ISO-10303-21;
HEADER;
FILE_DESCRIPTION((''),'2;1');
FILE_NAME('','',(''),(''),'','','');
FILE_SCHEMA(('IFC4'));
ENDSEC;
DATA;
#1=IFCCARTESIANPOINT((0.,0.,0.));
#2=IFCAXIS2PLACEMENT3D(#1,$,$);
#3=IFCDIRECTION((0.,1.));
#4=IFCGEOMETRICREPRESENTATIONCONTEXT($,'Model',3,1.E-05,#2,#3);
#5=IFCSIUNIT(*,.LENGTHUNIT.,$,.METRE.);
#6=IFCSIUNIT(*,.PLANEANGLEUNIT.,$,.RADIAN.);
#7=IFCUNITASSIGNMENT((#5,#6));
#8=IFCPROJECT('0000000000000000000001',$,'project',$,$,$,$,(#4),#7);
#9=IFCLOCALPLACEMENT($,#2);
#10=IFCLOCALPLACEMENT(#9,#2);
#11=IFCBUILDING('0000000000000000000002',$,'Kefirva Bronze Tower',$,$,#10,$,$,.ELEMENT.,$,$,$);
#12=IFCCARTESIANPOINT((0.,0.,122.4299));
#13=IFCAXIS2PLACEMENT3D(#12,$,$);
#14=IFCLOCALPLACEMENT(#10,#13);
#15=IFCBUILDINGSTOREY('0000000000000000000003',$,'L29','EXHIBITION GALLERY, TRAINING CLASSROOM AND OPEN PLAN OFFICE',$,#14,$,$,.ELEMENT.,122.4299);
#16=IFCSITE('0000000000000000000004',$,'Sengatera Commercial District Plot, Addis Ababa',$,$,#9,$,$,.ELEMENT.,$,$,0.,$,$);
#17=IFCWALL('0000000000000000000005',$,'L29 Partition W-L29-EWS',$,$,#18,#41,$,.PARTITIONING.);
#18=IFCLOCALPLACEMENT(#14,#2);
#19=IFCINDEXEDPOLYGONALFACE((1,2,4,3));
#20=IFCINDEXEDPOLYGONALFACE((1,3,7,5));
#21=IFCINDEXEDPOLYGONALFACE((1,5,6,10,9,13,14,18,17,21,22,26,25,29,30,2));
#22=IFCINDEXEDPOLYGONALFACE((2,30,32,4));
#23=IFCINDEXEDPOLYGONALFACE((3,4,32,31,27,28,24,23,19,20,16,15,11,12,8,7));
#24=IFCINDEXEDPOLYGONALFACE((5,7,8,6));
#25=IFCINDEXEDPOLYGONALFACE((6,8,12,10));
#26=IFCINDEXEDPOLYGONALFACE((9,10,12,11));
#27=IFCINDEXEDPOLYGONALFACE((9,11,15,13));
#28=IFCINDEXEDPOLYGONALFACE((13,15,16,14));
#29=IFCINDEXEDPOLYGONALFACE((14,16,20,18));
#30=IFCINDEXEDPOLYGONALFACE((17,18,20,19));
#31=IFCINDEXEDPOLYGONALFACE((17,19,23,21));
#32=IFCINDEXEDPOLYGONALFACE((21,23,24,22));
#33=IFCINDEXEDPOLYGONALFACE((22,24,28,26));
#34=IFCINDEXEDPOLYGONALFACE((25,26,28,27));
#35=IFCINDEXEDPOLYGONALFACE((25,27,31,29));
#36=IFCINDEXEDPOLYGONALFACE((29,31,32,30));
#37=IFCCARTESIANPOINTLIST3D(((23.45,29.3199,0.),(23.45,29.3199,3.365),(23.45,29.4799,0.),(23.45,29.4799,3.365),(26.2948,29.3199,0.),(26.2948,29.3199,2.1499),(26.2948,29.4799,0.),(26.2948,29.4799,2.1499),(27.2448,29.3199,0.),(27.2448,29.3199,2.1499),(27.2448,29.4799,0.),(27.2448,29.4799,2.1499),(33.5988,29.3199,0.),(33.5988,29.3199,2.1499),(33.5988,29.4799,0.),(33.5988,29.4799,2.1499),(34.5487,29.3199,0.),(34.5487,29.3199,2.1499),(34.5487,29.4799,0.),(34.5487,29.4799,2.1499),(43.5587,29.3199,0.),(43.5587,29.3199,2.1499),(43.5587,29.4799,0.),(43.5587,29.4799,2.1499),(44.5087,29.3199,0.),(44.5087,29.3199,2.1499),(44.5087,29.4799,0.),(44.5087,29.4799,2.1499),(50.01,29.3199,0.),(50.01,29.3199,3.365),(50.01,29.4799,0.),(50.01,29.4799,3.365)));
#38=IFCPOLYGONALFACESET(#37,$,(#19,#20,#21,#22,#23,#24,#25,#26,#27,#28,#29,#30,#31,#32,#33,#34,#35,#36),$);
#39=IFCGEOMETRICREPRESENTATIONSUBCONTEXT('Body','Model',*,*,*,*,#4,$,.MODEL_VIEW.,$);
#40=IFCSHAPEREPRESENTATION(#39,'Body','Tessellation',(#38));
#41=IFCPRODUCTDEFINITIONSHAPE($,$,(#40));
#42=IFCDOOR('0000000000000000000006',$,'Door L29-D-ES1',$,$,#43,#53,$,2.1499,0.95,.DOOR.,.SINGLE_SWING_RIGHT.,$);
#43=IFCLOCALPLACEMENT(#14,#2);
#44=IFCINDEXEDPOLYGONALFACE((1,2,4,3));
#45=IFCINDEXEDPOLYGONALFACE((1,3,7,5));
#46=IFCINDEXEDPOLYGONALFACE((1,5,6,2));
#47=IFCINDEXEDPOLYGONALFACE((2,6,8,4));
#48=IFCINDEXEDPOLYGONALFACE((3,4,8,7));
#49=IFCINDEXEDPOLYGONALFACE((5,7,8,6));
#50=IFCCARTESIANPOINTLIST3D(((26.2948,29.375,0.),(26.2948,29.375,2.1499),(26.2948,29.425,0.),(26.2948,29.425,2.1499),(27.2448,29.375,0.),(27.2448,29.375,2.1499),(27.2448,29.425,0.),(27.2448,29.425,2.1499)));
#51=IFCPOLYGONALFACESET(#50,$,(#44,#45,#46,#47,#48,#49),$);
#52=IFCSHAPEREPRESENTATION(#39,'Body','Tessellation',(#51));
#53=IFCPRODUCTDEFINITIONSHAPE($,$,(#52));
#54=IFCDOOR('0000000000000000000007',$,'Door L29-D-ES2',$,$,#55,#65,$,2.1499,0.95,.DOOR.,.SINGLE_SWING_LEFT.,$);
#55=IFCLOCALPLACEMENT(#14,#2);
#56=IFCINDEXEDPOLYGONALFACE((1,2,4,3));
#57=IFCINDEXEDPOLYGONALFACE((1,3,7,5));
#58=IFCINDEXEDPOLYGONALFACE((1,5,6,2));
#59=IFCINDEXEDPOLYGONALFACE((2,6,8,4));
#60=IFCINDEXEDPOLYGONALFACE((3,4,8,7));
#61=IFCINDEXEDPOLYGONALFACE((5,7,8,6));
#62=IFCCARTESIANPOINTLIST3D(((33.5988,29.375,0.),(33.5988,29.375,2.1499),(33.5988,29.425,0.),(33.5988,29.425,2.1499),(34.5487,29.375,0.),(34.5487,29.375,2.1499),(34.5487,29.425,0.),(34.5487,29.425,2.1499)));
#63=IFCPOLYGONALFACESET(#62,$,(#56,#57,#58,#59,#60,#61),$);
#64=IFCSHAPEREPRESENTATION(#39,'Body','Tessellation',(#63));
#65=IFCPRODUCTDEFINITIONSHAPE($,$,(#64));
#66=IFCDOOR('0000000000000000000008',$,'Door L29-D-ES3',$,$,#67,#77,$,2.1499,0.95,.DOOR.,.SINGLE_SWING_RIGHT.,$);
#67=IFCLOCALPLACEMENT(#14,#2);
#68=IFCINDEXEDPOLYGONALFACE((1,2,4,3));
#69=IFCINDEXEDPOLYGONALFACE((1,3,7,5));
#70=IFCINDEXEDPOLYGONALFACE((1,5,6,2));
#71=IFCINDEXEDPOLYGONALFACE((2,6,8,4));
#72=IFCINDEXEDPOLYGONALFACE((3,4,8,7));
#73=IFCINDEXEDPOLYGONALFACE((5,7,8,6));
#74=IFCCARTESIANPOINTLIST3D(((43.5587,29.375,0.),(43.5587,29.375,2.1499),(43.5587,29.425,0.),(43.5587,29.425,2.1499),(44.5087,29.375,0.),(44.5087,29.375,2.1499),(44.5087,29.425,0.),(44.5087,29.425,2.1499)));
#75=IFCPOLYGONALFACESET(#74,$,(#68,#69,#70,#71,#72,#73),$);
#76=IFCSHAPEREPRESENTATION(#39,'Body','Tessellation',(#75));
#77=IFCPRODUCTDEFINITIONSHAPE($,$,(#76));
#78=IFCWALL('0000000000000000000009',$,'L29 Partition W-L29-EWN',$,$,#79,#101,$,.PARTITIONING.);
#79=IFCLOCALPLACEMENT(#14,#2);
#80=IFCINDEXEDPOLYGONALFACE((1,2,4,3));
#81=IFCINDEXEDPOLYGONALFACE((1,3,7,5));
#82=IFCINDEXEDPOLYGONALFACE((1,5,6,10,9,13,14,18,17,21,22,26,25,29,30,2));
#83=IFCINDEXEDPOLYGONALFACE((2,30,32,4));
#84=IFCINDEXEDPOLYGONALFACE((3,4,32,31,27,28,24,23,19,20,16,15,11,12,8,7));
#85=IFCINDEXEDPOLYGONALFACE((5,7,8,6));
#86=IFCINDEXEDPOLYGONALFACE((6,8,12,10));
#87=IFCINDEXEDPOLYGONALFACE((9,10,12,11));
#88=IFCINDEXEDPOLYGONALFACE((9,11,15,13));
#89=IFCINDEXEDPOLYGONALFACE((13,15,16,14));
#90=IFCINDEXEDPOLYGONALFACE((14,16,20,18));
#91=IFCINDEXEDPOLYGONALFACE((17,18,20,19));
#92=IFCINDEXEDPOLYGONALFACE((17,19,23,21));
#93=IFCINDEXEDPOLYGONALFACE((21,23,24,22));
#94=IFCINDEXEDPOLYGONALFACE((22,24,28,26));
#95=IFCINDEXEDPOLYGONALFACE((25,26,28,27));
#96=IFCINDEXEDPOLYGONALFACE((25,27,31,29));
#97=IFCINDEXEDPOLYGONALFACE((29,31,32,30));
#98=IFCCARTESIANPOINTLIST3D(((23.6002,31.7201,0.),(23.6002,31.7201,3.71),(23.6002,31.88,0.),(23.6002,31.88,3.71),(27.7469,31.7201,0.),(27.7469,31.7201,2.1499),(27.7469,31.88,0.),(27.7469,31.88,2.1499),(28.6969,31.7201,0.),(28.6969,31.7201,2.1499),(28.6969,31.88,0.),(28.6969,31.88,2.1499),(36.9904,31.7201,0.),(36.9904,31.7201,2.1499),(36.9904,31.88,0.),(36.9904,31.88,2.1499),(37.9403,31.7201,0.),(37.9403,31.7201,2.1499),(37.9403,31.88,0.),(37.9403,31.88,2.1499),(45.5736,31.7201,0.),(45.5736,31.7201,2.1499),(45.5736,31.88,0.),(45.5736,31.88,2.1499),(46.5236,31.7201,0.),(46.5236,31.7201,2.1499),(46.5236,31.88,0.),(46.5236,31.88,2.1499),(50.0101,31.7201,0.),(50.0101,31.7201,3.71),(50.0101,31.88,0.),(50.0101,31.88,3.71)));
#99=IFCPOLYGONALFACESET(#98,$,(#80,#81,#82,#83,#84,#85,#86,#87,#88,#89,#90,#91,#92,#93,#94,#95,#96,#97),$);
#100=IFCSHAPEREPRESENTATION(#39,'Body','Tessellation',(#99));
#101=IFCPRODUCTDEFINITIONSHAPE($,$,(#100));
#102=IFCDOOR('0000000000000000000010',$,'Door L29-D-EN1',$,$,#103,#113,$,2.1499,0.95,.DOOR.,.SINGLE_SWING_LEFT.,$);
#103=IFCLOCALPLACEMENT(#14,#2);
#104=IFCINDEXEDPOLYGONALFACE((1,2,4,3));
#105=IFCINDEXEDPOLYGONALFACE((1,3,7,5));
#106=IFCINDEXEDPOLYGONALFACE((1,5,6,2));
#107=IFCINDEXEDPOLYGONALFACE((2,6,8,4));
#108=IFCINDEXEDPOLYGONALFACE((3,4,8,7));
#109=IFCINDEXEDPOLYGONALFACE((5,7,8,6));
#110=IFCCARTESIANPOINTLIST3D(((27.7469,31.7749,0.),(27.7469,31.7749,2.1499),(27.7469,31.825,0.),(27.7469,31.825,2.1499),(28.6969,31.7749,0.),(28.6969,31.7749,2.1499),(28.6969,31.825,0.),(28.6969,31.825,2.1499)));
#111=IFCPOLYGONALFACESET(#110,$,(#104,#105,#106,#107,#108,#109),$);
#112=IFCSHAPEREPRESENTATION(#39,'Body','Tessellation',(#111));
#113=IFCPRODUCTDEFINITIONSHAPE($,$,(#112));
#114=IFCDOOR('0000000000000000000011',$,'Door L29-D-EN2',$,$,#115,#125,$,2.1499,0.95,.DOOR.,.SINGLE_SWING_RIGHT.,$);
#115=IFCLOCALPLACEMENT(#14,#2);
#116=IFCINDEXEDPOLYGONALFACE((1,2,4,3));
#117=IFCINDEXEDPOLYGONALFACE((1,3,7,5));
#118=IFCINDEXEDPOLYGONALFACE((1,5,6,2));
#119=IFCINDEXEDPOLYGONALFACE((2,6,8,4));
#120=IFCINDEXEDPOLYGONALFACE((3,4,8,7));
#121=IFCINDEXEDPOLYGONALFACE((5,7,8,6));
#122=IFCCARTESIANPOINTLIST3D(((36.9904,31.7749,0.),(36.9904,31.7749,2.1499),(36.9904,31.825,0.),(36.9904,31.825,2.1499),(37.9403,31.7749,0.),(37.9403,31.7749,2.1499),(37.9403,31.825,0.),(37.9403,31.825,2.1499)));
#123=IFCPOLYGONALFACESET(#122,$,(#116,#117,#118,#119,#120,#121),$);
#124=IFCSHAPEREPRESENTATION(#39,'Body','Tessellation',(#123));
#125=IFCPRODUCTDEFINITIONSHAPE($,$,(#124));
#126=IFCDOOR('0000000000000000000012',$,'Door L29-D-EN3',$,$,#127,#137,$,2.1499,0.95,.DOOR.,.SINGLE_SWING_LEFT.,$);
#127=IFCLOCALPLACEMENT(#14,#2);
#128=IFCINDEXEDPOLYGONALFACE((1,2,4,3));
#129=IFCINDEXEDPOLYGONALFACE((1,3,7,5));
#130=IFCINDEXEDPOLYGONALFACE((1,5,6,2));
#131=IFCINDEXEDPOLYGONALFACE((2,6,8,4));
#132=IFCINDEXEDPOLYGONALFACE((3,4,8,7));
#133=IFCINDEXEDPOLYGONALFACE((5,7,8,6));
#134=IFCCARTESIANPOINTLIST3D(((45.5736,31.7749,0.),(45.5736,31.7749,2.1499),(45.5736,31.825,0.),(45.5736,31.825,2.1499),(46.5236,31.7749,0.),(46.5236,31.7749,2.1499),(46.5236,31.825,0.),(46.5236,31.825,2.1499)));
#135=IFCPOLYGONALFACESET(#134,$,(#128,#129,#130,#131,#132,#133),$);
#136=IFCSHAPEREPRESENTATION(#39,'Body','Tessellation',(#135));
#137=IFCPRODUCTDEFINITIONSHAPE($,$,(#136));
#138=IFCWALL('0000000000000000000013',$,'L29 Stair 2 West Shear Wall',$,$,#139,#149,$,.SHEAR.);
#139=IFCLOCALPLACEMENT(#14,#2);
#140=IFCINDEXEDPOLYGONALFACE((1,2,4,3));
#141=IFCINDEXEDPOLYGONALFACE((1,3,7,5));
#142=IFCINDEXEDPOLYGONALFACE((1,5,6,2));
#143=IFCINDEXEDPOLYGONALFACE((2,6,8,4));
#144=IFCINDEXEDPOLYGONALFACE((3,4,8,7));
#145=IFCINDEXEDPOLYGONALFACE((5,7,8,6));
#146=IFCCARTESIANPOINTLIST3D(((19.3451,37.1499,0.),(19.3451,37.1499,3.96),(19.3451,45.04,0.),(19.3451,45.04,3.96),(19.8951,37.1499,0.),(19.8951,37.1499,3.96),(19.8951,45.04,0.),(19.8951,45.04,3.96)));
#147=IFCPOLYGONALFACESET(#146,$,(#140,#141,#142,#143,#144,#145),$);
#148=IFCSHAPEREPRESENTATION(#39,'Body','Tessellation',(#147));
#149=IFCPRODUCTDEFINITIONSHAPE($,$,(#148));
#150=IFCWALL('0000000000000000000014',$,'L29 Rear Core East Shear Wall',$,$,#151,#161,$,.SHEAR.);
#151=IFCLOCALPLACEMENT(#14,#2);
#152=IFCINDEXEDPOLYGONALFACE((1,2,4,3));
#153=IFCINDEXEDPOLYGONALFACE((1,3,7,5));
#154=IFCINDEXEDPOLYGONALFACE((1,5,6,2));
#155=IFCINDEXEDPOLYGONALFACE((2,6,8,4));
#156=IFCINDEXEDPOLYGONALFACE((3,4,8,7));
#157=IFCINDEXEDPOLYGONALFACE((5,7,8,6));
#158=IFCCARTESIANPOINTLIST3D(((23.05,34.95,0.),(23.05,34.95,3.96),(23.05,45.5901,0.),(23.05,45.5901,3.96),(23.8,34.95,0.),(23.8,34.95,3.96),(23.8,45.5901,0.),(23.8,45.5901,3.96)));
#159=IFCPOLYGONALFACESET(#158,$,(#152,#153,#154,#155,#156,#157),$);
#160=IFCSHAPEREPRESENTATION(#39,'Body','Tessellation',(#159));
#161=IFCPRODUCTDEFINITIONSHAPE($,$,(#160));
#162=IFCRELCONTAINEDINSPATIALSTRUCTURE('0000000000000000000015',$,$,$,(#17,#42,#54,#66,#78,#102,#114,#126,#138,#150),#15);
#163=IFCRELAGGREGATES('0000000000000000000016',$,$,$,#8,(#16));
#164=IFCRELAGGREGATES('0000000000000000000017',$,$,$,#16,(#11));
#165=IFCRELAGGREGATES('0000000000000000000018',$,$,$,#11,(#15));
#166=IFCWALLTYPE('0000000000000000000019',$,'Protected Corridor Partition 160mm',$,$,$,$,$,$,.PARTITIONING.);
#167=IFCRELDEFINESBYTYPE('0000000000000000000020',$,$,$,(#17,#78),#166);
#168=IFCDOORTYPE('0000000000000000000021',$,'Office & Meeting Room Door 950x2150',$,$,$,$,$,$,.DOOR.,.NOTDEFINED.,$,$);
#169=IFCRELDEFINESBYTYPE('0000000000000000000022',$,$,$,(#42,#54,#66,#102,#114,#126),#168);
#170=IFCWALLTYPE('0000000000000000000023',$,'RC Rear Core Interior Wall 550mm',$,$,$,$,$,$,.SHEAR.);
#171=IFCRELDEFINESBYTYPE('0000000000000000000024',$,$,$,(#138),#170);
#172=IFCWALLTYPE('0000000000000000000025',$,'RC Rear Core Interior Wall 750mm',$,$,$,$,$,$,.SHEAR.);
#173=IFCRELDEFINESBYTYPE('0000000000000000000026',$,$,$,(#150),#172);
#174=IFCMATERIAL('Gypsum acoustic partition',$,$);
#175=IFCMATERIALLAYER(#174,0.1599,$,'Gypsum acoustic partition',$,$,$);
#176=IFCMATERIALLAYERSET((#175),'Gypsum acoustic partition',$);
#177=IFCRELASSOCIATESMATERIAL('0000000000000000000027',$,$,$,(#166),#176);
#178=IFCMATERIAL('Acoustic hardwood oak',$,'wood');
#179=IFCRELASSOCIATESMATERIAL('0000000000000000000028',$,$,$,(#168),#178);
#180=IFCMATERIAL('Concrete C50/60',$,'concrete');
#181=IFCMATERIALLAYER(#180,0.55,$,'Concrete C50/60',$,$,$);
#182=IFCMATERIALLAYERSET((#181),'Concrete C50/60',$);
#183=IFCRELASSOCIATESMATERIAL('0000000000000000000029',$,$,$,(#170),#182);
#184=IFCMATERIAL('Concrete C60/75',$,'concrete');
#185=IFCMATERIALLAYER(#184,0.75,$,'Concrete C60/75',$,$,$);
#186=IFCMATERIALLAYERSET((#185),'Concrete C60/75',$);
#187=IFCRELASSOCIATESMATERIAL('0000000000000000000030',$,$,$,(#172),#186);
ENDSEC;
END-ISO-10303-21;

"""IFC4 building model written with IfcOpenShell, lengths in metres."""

from ifc_helpers import new_model, si_unit, direction, frame, frame_2d, origin, place, context, subcontext, project, spatial, rectangle, extrude, material, layer, layer_set, type_object, element, fill, save


model = new_model("IFC4")

# Units and contexts
model_context = context("Model", 3, precision=1e-05, world=origin(), true_north=direction((0.0, 1.0)))
body_context = subcontext(model_context, "Body", "Model", "MODEL_VIEW")
ifc_project = project(units=[si_unit("LENGTHUNIT", "METRE"), si_unit("PLANEANGLEUNIT", "RADIAN")], contexts=[model_context])

# Site, building, storey
site_placement = place(None, origin())
site = spatial("IfcSite", under=ifc_project, at=site_placement, Name="Sengatera Commercial District Plot, Addis Ababa", CompositionType="ELEMENT", RefElevation=0.0)
building_placement = place(site_placement, origin())
building = spatial("IfcBuilding", under=site, at=building_placement, Name="Kefirva Bronze Tower", CompositionType="ELEMENT")
storey_placement = place(building_placement, frame((0.0, 0.0, 122.4299)))
storey = spatial("IfcBuildingStorey", under=building, at=storey_placement, Name="L29", Description="EXHIBITION GALLERY, TRAINING CLASSROOM AND OPEN PLAN OFFICE", CompositionType="ELEMENT", Elevation=122.4299)

# Shared definitions
ifc_material_1 = material(Name="Concrete C60/75", Category="concrete")

# Shared definitions
ifc_material_2 = material(Name="Gypsum acoustic partition")
ifc_layer_1 = layer(ifc_material_2, 0.1599, Name="Gypsum acoustic partition")
ifc_layer_set_1 = layer_set([ifc_layer_1], Name="Gypsum acoustic partition")
wall_type_1 = type_object("IfcWallType", Name="Protected Corridor Partition 160mm", PredefinedType="PARTITIONING", material=ifc_layer_set_1)

# Walls, openings, doors
wall_1_placement = place(storey_placement, frame((23.45, 29.3999, 0.0), z_axis=(0.0, 0.0, 1.0), x_axis=(1.0, 0.0, 0.0)))
wall_1 = element("IfcWall", 1, at=wall_1_placement, inside=storey, type_object=wall_type_1, Name="L29 Partition W-L29-EWS", PredefinedType="PARTITIONING", context=body_context, shape_type="SweptSolid", body=[
    extrude(rectangle(XDim=26.5601, YDim=0.1599, at=frame_2d((13.28, 0.0))), origin(), (0.0, 0.0, 1.0), 3.365),
])
opening_1_placement = place(wall_1_placement, frame((3.7949, 0.0, 0.0), z_axis=(0.0, 0.0, 1.0), x_axis=(-1.0, 0.0, 0.0)))
opening_1 = element("IfcOpeningElement", 2, at=opening_1_placement, cuts=wall_1, PredefinedType="OPENING", context=body_context, shape_type="SweptSolid", body=[
    extrude(rectangle(XDim=0.95, YDim=2.1499, at=frame_2d((0.4751, 1.075))), frame((0.0, 0.0898, 0.0), z_axis=(0.0, -1.0, 0.0), x_axis=(1.0, 0.0, 0.0)), (0.0, 0.0, 1.0), 0.1799),
])
opening_2_placement = place(wall_1_placement, frame((11.0989, 0.0, 0.0), z_axis=(0.0, 0.0, 1.0), x_axis=(-1.0, 0.0, 0.0)))
opening_2 = element("IfcOpeningElement", 3, at=opening_2_placement, cuts=wall_1, PredefinedType="OPENING", context=body_context, shape_type="SweptSolid", body=[
    extrude(rectangle(XDim=0.95, YDim=2.1499, at=frame_2d((0.4751, 1.075))), frame((0.0, 0.0898, 0.0), z_axis=(0.0, -1.0, 0.0), x_axis=(1.0, 0.0, 0.0)), (0.0, 0.0, 1.0), 0.1799),
])
opening_3_placement = place(wall_1_placement, frame((21.0588, 0.0, 0.0), z_axis=(0.0, 0.0, 1.0), x_axis=(-1.0, 0.0, 0.0)))
opening_3 = element("IfcOpeningElement", 4, at=opening_3_placement, cuts=wall_1, PredefinedType="OPENING", context=body_context, shape_type="SweptSolid", body=[
    extrude(rectangle(XDim=0.95, YDim=2.1499, at=frame_2d((0.4751, 1.075))), frame((0.0, 0.0898, 0.0), z_axis=(0.0, -1.0, 0.0), x_axis=(1.0, 0.0, 0.0)), (0.0, 0.0, 1.0), 0.1799),
])
ifc_material_3 = material(Name="Acoustic hardwood oak", Category="wood")
door_type_1 = type_object("IfcDoorType", Name="Office & Meeting Room Door 950x2150", OperationType="NOTDEFINED", PredefinedType="DOOR", material=ifc_material_3)
door_1_placement = place(opening_1_placement, origin())
door_1 = element("IfcDoor", 5, at=door_1_placement, inside=storey, type_object=door_type_1, Name="Door L29-D-ES1", OperationType="SINGLE_SWING_RIGHT", OverallHeight=2.1499, OverallWidth=0.95, PredefinedType="DOOR", context=body_context, shape_type="SweptSolid", body=[
    extrude(rectangle(XDim=0.95, YDim=2.1499, at=frame_2d((0.4751, 1.075))), frame((0.0, 0.0249, 0.0), z_axis=(0.0, -1.0, 0.0), x_axis=(1.0, 0.0, 0.0)), (0.0, 0.0, 1.0), 0.05),
])
fill(opening_1, door_1)
door_2_placement = place(opening_2_placement, origin())
door_2 = element("IfcDoor", 6, at=door_2_placement, inside=storey, type_object=door_type_1, Name="Door L29-D-ES2", OperationType="SINGLE_SWING_LEFT", OverallHeight=2.1499, OverallWidth=0.95, PredefinedType="DOOR", context=body_context, shape_type="SweptSolid", body=[
    extrude(rectangle(XDim=0.95, YDim=2.1499, at=frame_2d((0.4751, 1.075))), frame((0.0, 0.0249, 0.0), z_axis=(0.0, -1.0, 0.0), x_axis=(1.0, 0.0, 0.0)), (0.0, 0.0, 1.0), 0.05),
])
fill(opening_2, door_2)
door_3_placement = place(opening_3_placement, origin())
door_3 = element("IfcDoor", 7, at=door_3_placement, inside=storey, type_object=door_type_1, Name="Door L29-D-ES3", OperationType="SINGLE_SWING_RIGHT", OverallHeight=2.1499, OverallWidth=0.95, PredefinedType="DOOR", context=body_context, shape_type="SweptSolid", body=[
    extrude(rectangle(XDim=0.95, YDim=2.1499, at=frame_2d((0.4751, 1.075))), frame((0.0, 0.0249, 0.0), z_axis=(0.0, -1.0, 0.0), x_axis=(1.0, 0.0, 0.0)), (0.0, 0.0, 1.0), 0.05),
])
fill(opening_3, door_3)
wall_2_placement = place(storey_placement, frame((23.6001, 31.8, 0.0), z_axis=(0.0, 0.0, 1.0), x_axis=(1.0, 0.0, 0.0)))
wall_2 = element("IfcWall", 8, at=wall_2_placement, inside=storey, type_object=wall_type_1, Name="L29 Partition W-L29-EWN", PredefinedType="PARTITIONING", context=body_context, shape_type="SweptSolid", body=[
    extrude(rectangle(XDim=26.4099, YDim=0.1599, at=frame_2d((13.2051, 0.0))), origin(), (0.0, 0.0, 1.0), 3.71),
])
opening_4_placement = place(wall_2_placement, frame((4.1467, 0.0, 0.0)))
opening_4 = element("IfcOpeningElement", 9, at=opening_4_placement, cuts=wall_2, PredefinedType="OPENING", context=body_context, shape_type="SweptSolid", body=[
    extrude(rectangle(XDim=0.95, YDim=2.1499, at=frame_2d((0.4751, 1.075))), frame((0.0, 0.0898, 0.0), z_axis=(0.0, -1.0, 0.0), x_axis=(1.0, 0.0, 0.0)), (0.0, 0.0, 1.0), 0.1799),
])
opening_5_placement = place(wall_2_placement, frame((13.3901, 0.0, 0.0)))
opening_5 = element("IfcOpeningElement", 10, at=opening_5_placement, cuts=wall_2, PredefinedType="OPENING", context=body_context, shape_type="SweptSolid", body=[
    extrude(rectangle(XDim=0.95, YDim=2.1499, at=frame_2d((0.4751, 1.075))), frame((0.0, 0.0898, 0.0), z_axis=(0.0, -1.0, 0.0), x_axis=(1.0, 0.0, 0.0)), (0.0, 0.0, 1.0), 0.1799),
])
opening_6_placement = place(wall_2_placement, frame((21.9734, 0.0, 0.0)))
opening_6 = element("IfcOpeningElement", 11, at=opening_6_placement, cuts=wall_2, PredefinedType="OPENING", context=body_context, shape_type="SweptSolid", body=[
    extrude(rectangle(XDim=0.95, YDim=2.1499, at=frame_2d((0.4751, 1.075))), frame((0.0, 0.0898, 0.0), z_axis=(0.0, -1.0, 0.0), x_axis=(1.0, 0.0, 0.0)), (0.0, 0.0, 1.0), 0.1799),
])
door_4_placement = place(opening_4_placement, origin())
door_4 = element("IfcDoor", 12, at=door_4_placement, inside=storey, type_object=door_type_1, Name="Door L29-D-EN1", OperationType="SINGLE_SWING_LEFT", OverallHeight=2.1499, OverallWidth=0.95, PredefinedType="DOOR", context=body_context, shape_type="SweptSolid", body=[
    extrude(rectangle(XDim=0.95, YDim=2.1499, at=frame_2d((0.4751, 1.075))), frame((0.0, 0.0249, 0.0), z_axis=(0.0, -1.0, 0.0), x_axis=(1.0, 0.0, 0.0)), (0.0, 0.0, 1.0), 0.05),
])
fill(opening_4, door_4)
door_5_placement = place(opening_5_placement, origin())
door_5 = element("IfcDoor", 13, at=door_5_placement, inside=storey, type_object=door_type_1, Name="Door L29-D-EN2", OperationType="SINGLE_SWING_RIGHT", OverallHeight=2.1499, OverallWidth=0.95, PredefinedType="DOOR", context=body_context, shape_type="SweptSolid", body=[
    extrude(rectangle(XDim=0.95, YDim=2.1499, at=frame_2d((0.4751, 1.075))), frame((0.0, 0.0249, 0.0), z_axis=(0.0, -1.0, 0.0), x_axis=(1.0, 0.0, 0.0)), (0.0, 0.0, 1.0), 0.05),
])
fill(opening_5, door_5)
door_6_placement = place(opening_6_placement, origin())
door_6 = element("IfcDoor", 14, at=door_6_placement, inside=storey, type_object=door_type_1, Name="Door L29-D-EN3", OperationType="SINGLE_SWING_LEFT", OverallHeight=2.1499, OverallWidth=0.95, PredefinedType="DOOR", context=body_context, shape_type="SweptSolid", body=[
    extrude(rectangle(XDim=0.95, YDim=2.1499, at=frame_2d((0.4751, 1.075))), frame((0.0, 0.0249, 0.0), z_axis=(0.0, -1.0, 0.0), x_axis=(1.0, 0.0, 0.0)), (0.0, 0.0, 1.0), 0.05),
])
fill(opening_6, door_6)

# Walls
ifc_material_4 = material(Name="Concrete C50/60", Category="concrete")
ifc_layer_2 = layer(ifc_material_4, 0.55, Name="Concrete C50/60")
ifc_layer_set_2 = layer_set([ifc_layer_2], Name="Concrete C50/60")
wall_type_2 = type_object("IfcWallType", Name="RC Rear Core Interior Wall 550mm", PredefinedType="SHEAR", material=ifc_layer_set_2)
wall_3_placement = place(storey_placement, frame((19.6201, 37.1499, 0.0), z_axis=(0.0, 0.0, 1.0), x_axis=(0.0, 1.0, 0.0)))
element("IfcWall", 15, at=wall_3_placement, inside=storey, type_object=wall_type_2, Name="L29 Stair 2 West Shear Wall", PredefinedType="SHEAR", context=body_context, shape_type="SweptSolid", body=[
    extrude(rectangle(XDim=7.8901, YDim=0.55, at=frame_2d((3.9451, 0.0))), origin(), (0.0, 0.0, 1.0), 3.96),
])
ifc_layer_3 = layer(ifc_material_1, 0.75, Name="Concrete C60/75")
ifc_layer_set_3 = layer_set([ifc_layer_3], Name="Concrete C60/75")
wall_type_3 = type_object("IfcWallType", Name="RC Rear Core Interior Wall 750mm", PredefinedType="SHEAR", material=ifc_layer_set_3)
wall_4_placement = place(storey_placement, frame((23.425, 34.95, 0.0), z_axis=(0.0, 0.0, 1.0), x_axis=(0.0, 1.0, 0.0)))
element("IfcWall", 16, at=wall_4_placement, inside=storey, type_object=wall_type_3, Name="L29 Rear Core East Shear Wall", PredefinedType="SHEAR", context=body_context, shape_type="SweptSolid", body=[
    extrude(rectangle(XDim=10.6401, YDim=0.75, at=frame_2d((5.3201, 0.0))), origin(), (0.0, 0.0, 1.0), 3.96),
])

save(model, "model.ifc")
